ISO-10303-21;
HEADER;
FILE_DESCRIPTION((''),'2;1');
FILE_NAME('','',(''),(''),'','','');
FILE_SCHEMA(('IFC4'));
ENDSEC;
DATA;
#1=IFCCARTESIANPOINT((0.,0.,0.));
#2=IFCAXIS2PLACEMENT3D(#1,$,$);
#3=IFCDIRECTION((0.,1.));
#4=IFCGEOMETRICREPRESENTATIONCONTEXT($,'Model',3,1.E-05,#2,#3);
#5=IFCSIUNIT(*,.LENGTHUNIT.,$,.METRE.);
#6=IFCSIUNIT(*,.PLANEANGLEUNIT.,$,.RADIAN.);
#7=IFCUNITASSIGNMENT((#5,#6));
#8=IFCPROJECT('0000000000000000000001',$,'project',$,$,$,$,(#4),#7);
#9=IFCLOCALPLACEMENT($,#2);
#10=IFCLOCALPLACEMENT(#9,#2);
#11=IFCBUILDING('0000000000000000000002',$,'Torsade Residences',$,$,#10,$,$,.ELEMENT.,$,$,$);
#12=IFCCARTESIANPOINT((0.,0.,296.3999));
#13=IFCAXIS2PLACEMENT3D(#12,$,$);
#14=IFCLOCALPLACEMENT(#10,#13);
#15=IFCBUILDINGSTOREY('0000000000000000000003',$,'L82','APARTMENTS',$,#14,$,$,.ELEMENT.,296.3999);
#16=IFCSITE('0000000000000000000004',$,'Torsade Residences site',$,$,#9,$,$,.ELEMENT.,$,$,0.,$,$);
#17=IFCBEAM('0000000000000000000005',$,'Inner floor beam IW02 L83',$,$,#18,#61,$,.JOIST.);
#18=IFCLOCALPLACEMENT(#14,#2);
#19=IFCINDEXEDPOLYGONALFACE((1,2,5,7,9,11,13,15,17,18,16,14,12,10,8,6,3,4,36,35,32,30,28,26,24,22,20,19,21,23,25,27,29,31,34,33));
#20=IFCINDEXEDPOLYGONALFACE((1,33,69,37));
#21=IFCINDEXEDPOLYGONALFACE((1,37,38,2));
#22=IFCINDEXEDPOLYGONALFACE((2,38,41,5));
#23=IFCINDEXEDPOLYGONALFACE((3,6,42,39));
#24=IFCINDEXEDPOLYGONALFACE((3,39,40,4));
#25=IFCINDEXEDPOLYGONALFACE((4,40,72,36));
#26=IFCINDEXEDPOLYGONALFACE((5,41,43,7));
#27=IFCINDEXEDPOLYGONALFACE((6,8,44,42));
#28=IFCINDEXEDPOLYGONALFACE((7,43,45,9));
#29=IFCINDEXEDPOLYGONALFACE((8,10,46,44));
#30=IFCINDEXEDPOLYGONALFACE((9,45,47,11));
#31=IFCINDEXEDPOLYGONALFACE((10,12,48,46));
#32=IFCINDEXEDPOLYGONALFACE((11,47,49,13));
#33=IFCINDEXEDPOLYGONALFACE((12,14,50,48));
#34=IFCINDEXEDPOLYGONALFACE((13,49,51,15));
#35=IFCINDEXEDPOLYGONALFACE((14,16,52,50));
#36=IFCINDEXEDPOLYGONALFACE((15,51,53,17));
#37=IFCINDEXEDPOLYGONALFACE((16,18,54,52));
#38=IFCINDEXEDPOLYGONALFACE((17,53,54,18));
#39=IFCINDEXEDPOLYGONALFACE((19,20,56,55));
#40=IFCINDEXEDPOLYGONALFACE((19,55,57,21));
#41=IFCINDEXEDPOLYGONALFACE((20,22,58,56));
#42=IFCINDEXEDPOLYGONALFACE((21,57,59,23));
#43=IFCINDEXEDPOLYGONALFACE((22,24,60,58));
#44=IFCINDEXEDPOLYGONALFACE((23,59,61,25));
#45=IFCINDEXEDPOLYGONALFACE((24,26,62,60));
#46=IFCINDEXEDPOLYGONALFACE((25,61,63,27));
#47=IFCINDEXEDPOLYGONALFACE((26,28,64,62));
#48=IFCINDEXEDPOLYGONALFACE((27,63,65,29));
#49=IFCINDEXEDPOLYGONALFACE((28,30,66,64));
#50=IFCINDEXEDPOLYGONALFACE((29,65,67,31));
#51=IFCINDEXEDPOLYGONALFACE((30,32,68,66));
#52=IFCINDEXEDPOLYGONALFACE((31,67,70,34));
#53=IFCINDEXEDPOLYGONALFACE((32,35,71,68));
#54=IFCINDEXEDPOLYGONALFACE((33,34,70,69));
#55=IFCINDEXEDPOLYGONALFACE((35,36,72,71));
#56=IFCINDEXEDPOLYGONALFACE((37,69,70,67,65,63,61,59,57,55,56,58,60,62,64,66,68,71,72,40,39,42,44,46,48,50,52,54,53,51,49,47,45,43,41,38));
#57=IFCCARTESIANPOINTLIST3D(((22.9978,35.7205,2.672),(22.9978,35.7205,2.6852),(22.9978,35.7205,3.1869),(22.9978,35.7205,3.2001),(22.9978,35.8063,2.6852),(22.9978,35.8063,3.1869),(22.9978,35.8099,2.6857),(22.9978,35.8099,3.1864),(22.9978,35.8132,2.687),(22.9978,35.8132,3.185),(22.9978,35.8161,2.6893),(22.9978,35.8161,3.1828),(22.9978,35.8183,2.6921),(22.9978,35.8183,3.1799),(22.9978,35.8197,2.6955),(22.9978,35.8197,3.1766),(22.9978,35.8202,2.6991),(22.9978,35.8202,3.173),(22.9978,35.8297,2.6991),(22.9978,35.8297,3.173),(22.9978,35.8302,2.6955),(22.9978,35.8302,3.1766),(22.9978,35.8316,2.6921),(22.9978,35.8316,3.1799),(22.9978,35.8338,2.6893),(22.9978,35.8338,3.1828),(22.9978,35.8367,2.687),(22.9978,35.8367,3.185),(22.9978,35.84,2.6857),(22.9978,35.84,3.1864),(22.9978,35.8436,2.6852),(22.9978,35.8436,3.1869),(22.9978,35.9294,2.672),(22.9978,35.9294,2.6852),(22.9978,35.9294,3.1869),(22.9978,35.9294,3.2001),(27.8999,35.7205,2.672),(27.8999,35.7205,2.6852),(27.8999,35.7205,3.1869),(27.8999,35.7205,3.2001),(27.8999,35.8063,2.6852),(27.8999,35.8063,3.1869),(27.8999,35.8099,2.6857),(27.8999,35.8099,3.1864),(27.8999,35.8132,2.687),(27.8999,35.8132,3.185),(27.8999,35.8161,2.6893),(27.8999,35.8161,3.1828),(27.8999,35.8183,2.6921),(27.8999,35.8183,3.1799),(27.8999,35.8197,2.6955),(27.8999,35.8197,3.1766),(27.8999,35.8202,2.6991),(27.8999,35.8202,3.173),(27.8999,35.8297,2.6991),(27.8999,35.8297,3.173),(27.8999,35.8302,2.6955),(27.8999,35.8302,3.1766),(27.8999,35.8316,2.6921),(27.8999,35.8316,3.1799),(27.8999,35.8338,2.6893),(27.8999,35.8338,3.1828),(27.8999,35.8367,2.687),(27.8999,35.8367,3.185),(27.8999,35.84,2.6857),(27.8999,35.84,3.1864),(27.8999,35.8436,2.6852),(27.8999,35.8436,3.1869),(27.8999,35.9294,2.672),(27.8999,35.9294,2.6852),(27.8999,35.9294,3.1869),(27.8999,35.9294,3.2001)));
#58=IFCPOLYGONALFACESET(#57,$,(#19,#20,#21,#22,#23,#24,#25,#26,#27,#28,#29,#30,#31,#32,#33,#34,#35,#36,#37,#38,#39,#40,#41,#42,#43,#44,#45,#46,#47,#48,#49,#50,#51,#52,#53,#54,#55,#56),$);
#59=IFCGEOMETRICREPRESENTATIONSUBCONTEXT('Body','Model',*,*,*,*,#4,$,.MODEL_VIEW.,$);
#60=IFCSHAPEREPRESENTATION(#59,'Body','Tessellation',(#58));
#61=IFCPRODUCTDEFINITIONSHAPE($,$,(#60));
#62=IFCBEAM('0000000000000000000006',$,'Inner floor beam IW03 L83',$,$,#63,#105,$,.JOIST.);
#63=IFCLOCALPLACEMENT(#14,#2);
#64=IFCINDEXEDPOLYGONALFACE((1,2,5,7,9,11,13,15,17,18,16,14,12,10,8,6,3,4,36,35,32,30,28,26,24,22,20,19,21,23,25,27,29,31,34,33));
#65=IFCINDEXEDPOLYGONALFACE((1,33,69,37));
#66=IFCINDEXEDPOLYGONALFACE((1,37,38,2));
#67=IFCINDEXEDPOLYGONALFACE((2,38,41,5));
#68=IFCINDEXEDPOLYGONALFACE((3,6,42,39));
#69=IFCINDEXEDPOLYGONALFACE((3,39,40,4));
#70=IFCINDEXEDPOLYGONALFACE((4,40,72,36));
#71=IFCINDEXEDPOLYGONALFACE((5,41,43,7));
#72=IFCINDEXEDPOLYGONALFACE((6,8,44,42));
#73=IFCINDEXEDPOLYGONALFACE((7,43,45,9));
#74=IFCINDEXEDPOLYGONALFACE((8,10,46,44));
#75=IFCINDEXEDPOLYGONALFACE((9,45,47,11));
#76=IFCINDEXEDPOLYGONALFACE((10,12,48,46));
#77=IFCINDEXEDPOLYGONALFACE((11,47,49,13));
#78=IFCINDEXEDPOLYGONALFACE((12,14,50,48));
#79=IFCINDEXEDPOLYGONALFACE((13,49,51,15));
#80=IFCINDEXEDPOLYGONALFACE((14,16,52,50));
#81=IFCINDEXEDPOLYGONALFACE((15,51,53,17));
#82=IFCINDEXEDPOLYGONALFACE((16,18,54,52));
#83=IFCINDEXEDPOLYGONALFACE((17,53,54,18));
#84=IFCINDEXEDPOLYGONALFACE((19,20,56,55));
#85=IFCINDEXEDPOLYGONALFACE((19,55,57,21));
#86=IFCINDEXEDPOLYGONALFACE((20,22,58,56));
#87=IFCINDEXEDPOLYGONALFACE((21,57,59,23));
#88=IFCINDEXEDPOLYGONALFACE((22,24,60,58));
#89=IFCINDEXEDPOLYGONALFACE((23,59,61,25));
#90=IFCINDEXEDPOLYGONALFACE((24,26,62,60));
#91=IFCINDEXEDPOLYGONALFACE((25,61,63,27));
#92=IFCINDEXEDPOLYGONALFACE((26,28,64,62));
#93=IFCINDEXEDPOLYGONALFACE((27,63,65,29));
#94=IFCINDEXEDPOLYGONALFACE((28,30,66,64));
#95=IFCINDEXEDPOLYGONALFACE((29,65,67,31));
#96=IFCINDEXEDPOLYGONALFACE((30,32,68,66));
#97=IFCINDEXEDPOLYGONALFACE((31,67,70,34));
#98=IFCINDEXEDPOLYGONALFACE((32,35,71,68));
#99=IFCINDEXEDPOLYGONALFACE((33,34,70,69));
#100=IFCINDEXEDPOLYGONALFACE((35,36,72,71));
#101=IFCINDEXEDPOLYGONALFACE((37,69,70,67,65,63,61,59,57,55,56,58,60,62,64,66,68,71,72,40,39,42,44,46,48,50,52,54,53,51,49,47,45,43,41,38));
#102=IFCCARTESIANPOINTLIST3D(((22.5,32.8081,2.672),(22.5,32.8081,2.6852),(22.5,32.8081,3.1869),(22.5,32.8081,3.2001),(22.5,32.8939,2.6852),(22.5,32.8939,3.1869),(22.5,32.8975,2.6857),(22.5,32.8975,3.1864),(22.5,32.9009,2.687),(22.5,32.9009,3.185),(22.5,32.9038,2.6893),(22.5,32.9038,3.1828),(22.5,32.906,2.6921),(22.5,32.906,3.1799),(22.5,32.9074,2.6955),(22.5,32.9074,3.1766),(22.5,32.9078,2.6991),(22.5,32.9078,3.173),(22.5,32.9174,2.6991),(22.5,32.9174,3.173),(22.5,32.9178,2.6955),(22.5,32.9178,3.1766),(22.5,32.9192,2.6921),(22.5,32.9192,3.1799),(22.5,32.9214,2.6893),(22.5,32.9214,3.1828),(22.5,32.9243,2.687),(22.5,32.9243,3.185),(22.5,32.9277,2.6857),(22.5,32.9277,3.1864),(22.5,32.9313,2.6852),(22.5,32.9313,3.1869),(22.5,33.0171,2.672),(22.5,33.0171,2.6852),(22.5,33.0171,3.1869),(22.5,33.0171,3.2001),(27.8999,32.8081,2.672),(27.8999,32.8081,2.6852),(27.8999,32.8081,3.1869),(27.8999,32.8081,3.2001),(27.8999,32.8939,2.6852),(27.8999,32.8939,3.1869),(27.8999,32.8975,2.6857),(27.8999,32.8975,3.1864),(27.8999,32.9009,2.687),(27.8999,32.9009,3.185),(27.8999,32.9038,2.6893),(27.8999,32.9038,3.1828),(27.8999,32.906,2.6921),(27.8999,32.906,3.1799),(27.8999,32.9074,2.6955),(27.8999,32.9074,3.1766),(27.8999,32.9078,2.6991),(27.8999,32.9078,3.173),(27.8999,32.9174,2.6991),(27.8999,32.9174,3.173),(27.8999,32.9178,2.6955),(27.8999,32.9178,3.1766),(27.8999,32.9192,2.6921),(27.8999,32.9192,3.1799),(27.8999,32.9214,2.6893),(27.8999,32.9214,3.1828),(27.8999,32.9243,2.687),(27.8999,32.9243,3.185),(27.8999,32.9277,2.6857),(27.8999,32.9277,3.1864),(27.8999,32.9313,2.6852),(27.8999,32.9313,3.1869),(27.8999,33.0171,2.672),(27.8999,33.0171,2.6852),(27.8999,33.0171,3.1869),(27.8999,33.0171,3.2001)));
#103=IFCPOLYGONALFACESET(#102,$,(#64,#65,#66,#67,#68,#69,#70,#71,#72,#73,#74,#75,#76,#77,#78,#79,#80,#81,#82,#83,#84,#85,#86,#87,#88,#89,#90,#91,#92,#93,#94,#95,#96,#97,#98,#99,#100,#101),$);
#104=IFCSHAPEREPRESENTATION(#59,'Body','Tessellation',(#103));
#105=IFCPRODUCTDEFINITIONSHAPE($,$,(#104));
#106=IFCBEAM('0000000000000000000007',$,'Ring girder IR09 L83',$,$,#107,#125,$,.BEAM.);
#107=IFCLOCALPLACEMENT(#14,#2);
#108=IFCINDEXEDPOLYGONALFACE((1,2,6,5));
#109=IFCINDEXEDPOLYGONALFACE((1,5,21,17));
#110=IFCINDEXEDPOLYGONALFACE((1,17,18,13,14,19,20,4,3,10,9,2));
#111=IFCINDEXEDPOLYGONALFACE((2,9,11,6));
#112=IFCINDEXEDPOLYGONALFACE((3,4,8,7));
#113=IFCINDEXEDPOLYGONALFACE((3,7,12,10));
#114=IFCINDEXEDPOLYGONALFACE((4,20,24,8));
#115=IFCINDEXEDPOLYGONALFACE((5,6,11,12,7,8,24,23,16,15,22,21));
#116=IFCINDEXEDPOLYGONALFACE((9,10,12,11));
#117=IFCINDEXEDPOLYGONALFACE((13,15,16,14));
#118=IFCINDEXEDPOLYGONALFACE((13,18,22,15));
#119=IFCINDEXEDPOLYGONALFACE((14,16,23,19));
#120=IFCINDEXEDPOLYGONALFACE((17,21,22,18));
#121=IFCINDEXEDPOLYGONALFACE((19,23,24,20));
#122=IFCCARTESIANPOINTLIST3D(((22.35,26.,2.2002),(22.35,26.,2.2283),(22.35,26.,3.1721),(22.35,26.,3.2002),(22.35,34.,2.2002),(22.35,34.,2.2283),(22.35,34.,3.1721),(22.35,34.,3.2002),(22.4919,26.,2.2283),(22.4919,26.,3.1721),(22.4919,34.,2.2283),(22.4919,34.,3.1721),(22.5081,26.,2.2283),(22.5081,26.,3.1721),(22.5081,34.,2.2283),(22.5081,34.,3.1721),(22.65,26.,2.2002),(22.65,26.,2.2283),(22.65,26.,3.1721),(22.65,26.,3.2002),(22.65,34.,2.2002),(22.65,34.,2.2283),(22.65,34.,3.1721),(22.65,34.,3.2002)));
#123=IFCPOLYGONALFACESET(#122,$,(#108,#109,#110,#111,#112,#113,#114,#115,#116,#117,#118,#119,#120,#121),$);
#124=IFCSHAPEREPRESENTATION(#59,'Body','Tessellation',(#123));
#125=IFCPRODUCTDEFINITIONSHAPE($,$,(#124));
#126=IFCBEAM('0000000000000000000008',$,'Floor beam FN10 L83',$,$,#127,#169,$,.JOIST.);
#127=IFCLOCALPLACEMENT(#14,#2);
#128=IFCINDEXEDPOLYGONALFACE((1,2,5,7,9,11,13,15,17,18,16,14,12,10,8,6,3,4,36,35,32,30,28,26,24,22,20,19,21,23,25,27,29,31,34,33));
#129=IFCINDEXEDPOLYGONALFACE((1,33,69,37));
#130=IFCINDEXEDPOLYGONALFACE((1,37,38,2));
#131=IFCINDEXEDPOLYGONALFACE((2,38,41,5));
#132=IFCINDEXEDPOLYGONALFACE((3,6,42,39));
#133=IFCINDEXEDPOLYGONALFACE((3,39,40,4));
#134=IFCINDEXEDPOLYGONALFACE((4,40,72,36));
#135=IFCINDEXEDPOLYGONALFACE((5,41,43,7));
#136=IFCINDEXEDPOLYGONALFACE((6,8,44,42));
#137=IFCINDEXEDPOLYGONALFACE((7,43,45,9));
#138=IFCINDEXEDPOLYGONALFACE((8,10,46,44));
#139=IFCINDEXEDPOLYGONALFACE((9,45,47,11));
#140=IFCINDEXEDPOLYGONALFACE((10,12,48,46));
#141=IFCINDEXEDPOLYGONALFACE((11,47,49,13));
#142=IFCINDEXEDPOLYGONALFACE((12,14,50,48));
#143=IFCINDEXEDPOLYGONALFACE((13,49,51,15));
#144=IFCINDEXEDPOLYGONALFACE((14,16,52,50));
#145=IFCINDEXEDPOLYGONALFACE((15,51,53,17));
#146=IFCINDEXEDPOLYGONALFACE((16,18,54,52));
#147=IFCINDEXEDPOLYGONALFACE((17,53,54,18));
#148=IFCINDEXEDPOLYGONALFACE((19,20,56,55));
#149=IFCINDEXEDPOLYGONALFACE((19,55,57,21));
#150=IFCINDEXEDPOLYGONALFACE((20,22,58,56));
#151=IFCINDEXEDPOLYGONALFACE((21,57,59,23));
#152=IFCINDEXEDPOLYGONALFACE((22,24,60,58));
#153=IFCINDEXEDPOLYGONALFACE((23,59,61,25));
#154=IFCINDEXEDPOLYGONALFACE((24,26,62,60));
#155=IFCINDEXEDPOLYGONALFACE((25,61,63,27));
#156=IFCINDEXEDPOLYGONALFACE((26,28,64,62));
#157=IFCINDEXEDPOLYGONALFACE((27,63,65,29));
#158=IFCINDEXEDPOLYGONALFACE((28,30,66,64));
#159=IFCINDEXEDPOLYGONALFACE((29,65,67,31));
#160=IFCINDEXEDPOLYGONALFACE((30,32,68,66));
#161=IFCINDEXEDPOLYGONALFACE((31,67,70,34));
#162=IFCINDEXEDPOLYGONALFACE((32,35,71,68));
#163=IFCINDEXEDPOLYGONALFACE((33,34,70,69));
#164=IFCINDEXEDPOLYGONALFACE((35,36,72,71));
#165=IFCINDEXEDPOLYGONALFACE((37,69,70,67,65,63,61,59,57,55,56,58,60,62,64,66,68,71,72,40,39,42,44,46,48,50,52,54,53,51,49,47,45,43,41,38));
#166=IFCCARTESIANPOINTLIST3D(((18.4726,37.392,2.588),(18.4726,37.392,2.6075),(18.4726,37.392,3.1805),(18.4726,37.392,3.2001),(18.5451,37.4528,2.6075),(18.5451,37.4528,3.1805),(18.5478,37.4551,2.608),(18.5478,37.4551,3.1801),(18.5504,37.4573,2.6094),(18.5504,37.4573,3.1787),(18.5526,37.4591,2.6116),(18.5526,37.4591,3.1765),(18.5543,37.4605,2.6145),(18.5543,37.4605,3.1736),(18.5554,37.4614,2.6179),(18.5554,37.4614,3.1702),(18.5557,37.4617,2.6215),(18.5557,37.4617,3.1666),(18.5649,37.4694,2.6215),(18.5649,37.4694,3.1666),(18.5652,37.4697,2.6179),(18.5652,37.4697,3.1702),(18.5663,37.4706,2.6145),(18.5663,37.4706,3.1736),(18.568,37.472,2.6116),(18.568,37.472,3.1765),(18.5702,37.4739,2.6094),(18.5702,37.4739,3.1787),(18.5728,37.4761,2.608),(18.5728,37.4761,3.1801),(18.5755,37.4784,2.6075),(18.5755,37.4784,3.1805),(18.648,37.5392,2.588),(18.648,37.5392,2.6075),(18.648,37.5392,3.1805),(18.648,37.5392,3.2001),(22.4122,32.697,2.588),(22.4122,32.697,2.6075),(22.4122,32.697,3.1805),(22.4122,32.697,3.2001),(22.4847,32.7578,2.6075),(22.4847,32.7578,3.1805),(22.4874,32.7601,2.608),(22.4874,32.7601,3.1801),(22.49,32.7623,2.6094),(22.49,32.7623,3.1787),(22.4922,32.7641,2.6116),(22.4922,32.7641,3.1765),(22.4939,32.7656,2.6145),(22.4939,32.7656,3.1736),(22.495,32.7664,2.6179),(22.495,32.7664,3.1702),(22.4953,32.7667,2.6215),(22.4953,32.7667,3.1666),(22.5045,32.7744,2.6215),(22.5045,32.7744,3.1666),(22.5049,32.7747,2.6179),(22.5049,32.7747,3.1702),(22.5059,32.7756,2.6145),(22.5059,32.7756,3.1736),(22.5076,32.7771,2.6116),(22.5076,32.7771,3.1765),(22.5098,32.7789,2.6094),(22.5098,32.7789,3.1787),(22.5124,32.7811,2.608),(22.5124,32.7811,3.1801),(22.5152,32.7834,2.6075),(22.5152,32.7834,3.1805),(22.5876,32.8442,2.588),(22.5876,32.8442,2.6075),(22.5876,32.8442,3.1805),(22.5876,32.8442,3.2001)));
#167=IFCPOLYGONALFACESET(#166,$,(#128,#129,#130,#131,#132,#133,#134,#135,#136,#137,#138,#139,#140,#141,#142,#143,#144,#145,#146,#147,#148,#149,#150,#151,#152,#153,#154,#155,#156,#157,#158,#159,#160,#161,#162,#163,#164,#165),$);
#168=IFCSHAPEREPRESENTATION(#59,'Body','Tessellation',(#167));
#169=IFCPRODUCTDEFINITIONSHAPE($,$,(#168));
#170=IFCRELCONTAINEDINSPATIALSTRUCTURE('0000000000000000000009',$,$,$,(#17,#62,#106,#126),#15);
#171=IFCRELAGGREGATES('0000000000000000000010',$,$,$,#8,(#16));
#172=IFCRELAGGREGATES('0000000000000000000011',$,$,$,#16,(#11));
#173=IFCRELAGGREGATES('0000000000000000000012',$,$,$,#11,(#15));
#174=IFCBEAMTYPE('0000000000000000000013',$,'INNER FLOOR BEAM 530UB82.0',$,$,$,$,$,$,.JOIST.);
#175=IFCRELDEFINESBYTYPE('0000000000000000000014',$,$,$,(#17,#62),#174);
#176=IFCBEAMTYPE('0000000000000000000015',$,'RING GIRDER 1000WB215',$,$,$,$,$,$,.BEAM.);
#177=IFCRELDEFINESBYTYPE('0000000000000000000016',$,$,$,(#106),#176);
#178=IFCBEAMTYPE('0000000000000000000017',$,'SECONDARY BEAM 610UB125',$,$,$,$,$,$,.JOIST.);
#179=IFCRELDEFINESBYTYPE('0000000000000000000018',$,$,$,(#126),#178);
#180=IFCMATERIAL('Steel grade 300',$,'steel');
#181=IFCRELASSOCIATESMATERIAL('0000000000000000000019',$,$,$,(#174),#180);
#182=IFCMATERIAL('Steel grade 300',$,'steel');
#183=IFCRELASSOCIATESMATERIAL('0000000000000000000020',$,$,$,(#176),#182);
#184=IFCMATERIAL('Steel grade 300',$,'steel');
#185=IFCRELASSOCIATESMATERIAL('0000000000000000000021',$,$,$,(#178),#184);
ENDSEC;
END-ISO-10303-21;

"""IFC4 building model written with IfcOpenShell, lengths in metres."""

from ifc_helpers import new_model, si_unit, direction, frame, origin, origin_2d, place, context, subcontext, project, spatial, i_section, extrude, material, material_profile, profile_set, type_object, element, save


model = new_model("IFC4")

# Units and contexts
model_context = context("Model", 3, precision=1e-05, world=origin(), true_north=direction((0.0, 1.0)))
body_context = subcontext(model_context, "Body", "Model", "MODEL_VIEW")
ifc_project = project(units=[si_unit("LENGTHUNIT", "METRE"), si_unit("PLANEANGLEUNIT", "RADIAN")], contexts=[model_context])

# Site, building, storey
site_placement = place(None, origin())
site = spatial("IfcSite", under=ifc_project, at=site_placement, Name="Torsade Residences site", CompositionType="ELEMENT", RefElevation=0.0)
building_placement = place(site_placement, origin())
building = spatial("IfcBuilding", under=site, at=building_placement, Name="Torsade Residences", CompositionType="ELEMENT")
storey_placement = place(building_placement, frame((0.0, 0.0, 296.3999)))
storey = spatial("IfcBuildingStorey", under=building, at=storey_placement, Name="L82", Description="APARTMENTS", CompositionType="ELEMENT", Elevation=296.3999)

# Beams
ifc_material_1 = material(Name="Steel grade 300", Category="steel")
ifc_material_profile_1 = material_profile(ifc_material_1, i_section(OverallWidth=0.209, OverallDepth=0.5281, WebThickness=0.0095, FlangeThickness=0.0132, FilletRadius=0.0139, at=origin_2d()), Name="530UB82.0")
ifc_profile_set_1 = profile_set([ifc_material_profile_1], Name="Steel grade 300")
beam_type_1 = type_object("IfcBeamType", Name="INNER FLOOR BEAM 530UB82.0", PredefinedType="JOIST", material=ifc_profile_set_1)
beam_1_placement = place(storey_placement, frame((27.8999, 35.825, 2.936), z_axis=(-1.0, 0.0, 0.0), x_axis=(0.0, -1.0, 0.0)))
element("IfcBeam", 1, at=beam_1_placement, inside=storey, type_object=beam_type_1, Name="Inner floor beam IW02 L83", PredefinedType="JOIST", context=body_context, shape_type="SweptSolid", body=[
    extrude(i_section(OverallWidth=0.209, OverallDepth=0.5281, WebThickness=0.0095, FlangeThickness=0.0132, FilletRadius=0.0139, at=origin_2d()), origin(), (0.0, 0.0, 1.0), 4.9021),
])
beam_2_placement = place(storey_placement, frame((27.8999, 32.9126, 2.936), z_axis=(-1.0, 0.0, 0.0), x_axis=(0.0, -1.0, 0.0)))
element("IfcBeam", 2, at=beam_2_placement, inside=storey, type_object=beam_type_1, Name="Inner floor beam IW03 L83", PredefinedType="JOIST", context=body_context, shape_type="SweptSolid", body=[
    extrude(i_section(OverallWidth=0.209, OverallDepth=0.5281, WebThickness=0.0095, FlangeThickness=0.0132, FilletRadius=0.0139, at=origin_2d()), origin(), (0.0, 0.0, 1.0), 5.3999),
])
ifc_material_2 = material(Name="Steel grade 300", Category="steel")
ifc_material_profile_2 = material_profile(ifc_material_2, i_section(OverallWidth=0.3, OverallDepth=1.0, WebThickness=0.0161, FlangeThickness=0.0281, at=origin_2d()), Name="1000WB215")
ifc_profile_set_2 = profile_set([ifc_material_profile_2], Name="Steel grade 300")
beam_type_2 = type_object("IfcBeamType", Name="RING GIRDER 1000WB215", PredefinedType="BEAM", material=ifc_profile_set_2)
beam_3_placement = place(storey_placement, frame((22.5, 34.0, 2.7002), z_axis=(0.0, -1.0, 0.0), x_axis=(1.0, 0.0, 0.0)))
element("IfcBeam", 3, at=beam_3_placement, inside=storey, type_object=beam_type_2, Name="Ring girder IR09 L83", PredefinedType="BEAM", context=body_context, shape_type="SweptSolid", body=[
    extrude(i_section(OverallWidth=0.3, OverallDepth=1.0, WebThickness=0.0161, FlangeThickness=0.0281, at=origin_2d()), origin(), (0.0, 0.0, 1.0), 8.0),
])
ifc_material_3 = material(Name="Steel grade 300", Category="steel")
ifc_material_profile_3 = material_profile(ifc_material_3, i_section(OverallWidth=0.229, OverallDepth=0.6121, WebThickness=0.012, FlangeThickness=0.0195, FilletRadius=0.0139, at=origin_2d()), Name="610UB125")
ifc_profile_set_3 = profile_set([ifc_material_profile_3], Name="Steel grade 300")
beam_type_3 = type_object("IfcBeamType", Name="SECONDARY BEAM 610UB125", PredefinedType="JOIST", material=ifc_profile_set_3)
beam_4_placement = place(storey_placement, frame((18.5603, 37.4656, 2.894), z_axis=(0.642794, -0.766039, 0.0), x_axis=(0.766039, 0.642794, 0.0)))
element("IfcBeam", 4, at=beam_4_placement, inside=storey, type_object=beam_type_3, Name="Floor beam FN10 L83", PredefinedType="JOIST", context=body_context, shape_type="SweptSolid", body=[
    extrude(i_section(OverallWidth=0.229, OverallDepth=0.6121, WebThickness=0.012, FlangeThickness=0.0195, FilletRadius=0.0139, at=origin_2d()), origin(), (0.0, 0.0, 1.0), 6.1289),
])

save(model, "model.ifc")
